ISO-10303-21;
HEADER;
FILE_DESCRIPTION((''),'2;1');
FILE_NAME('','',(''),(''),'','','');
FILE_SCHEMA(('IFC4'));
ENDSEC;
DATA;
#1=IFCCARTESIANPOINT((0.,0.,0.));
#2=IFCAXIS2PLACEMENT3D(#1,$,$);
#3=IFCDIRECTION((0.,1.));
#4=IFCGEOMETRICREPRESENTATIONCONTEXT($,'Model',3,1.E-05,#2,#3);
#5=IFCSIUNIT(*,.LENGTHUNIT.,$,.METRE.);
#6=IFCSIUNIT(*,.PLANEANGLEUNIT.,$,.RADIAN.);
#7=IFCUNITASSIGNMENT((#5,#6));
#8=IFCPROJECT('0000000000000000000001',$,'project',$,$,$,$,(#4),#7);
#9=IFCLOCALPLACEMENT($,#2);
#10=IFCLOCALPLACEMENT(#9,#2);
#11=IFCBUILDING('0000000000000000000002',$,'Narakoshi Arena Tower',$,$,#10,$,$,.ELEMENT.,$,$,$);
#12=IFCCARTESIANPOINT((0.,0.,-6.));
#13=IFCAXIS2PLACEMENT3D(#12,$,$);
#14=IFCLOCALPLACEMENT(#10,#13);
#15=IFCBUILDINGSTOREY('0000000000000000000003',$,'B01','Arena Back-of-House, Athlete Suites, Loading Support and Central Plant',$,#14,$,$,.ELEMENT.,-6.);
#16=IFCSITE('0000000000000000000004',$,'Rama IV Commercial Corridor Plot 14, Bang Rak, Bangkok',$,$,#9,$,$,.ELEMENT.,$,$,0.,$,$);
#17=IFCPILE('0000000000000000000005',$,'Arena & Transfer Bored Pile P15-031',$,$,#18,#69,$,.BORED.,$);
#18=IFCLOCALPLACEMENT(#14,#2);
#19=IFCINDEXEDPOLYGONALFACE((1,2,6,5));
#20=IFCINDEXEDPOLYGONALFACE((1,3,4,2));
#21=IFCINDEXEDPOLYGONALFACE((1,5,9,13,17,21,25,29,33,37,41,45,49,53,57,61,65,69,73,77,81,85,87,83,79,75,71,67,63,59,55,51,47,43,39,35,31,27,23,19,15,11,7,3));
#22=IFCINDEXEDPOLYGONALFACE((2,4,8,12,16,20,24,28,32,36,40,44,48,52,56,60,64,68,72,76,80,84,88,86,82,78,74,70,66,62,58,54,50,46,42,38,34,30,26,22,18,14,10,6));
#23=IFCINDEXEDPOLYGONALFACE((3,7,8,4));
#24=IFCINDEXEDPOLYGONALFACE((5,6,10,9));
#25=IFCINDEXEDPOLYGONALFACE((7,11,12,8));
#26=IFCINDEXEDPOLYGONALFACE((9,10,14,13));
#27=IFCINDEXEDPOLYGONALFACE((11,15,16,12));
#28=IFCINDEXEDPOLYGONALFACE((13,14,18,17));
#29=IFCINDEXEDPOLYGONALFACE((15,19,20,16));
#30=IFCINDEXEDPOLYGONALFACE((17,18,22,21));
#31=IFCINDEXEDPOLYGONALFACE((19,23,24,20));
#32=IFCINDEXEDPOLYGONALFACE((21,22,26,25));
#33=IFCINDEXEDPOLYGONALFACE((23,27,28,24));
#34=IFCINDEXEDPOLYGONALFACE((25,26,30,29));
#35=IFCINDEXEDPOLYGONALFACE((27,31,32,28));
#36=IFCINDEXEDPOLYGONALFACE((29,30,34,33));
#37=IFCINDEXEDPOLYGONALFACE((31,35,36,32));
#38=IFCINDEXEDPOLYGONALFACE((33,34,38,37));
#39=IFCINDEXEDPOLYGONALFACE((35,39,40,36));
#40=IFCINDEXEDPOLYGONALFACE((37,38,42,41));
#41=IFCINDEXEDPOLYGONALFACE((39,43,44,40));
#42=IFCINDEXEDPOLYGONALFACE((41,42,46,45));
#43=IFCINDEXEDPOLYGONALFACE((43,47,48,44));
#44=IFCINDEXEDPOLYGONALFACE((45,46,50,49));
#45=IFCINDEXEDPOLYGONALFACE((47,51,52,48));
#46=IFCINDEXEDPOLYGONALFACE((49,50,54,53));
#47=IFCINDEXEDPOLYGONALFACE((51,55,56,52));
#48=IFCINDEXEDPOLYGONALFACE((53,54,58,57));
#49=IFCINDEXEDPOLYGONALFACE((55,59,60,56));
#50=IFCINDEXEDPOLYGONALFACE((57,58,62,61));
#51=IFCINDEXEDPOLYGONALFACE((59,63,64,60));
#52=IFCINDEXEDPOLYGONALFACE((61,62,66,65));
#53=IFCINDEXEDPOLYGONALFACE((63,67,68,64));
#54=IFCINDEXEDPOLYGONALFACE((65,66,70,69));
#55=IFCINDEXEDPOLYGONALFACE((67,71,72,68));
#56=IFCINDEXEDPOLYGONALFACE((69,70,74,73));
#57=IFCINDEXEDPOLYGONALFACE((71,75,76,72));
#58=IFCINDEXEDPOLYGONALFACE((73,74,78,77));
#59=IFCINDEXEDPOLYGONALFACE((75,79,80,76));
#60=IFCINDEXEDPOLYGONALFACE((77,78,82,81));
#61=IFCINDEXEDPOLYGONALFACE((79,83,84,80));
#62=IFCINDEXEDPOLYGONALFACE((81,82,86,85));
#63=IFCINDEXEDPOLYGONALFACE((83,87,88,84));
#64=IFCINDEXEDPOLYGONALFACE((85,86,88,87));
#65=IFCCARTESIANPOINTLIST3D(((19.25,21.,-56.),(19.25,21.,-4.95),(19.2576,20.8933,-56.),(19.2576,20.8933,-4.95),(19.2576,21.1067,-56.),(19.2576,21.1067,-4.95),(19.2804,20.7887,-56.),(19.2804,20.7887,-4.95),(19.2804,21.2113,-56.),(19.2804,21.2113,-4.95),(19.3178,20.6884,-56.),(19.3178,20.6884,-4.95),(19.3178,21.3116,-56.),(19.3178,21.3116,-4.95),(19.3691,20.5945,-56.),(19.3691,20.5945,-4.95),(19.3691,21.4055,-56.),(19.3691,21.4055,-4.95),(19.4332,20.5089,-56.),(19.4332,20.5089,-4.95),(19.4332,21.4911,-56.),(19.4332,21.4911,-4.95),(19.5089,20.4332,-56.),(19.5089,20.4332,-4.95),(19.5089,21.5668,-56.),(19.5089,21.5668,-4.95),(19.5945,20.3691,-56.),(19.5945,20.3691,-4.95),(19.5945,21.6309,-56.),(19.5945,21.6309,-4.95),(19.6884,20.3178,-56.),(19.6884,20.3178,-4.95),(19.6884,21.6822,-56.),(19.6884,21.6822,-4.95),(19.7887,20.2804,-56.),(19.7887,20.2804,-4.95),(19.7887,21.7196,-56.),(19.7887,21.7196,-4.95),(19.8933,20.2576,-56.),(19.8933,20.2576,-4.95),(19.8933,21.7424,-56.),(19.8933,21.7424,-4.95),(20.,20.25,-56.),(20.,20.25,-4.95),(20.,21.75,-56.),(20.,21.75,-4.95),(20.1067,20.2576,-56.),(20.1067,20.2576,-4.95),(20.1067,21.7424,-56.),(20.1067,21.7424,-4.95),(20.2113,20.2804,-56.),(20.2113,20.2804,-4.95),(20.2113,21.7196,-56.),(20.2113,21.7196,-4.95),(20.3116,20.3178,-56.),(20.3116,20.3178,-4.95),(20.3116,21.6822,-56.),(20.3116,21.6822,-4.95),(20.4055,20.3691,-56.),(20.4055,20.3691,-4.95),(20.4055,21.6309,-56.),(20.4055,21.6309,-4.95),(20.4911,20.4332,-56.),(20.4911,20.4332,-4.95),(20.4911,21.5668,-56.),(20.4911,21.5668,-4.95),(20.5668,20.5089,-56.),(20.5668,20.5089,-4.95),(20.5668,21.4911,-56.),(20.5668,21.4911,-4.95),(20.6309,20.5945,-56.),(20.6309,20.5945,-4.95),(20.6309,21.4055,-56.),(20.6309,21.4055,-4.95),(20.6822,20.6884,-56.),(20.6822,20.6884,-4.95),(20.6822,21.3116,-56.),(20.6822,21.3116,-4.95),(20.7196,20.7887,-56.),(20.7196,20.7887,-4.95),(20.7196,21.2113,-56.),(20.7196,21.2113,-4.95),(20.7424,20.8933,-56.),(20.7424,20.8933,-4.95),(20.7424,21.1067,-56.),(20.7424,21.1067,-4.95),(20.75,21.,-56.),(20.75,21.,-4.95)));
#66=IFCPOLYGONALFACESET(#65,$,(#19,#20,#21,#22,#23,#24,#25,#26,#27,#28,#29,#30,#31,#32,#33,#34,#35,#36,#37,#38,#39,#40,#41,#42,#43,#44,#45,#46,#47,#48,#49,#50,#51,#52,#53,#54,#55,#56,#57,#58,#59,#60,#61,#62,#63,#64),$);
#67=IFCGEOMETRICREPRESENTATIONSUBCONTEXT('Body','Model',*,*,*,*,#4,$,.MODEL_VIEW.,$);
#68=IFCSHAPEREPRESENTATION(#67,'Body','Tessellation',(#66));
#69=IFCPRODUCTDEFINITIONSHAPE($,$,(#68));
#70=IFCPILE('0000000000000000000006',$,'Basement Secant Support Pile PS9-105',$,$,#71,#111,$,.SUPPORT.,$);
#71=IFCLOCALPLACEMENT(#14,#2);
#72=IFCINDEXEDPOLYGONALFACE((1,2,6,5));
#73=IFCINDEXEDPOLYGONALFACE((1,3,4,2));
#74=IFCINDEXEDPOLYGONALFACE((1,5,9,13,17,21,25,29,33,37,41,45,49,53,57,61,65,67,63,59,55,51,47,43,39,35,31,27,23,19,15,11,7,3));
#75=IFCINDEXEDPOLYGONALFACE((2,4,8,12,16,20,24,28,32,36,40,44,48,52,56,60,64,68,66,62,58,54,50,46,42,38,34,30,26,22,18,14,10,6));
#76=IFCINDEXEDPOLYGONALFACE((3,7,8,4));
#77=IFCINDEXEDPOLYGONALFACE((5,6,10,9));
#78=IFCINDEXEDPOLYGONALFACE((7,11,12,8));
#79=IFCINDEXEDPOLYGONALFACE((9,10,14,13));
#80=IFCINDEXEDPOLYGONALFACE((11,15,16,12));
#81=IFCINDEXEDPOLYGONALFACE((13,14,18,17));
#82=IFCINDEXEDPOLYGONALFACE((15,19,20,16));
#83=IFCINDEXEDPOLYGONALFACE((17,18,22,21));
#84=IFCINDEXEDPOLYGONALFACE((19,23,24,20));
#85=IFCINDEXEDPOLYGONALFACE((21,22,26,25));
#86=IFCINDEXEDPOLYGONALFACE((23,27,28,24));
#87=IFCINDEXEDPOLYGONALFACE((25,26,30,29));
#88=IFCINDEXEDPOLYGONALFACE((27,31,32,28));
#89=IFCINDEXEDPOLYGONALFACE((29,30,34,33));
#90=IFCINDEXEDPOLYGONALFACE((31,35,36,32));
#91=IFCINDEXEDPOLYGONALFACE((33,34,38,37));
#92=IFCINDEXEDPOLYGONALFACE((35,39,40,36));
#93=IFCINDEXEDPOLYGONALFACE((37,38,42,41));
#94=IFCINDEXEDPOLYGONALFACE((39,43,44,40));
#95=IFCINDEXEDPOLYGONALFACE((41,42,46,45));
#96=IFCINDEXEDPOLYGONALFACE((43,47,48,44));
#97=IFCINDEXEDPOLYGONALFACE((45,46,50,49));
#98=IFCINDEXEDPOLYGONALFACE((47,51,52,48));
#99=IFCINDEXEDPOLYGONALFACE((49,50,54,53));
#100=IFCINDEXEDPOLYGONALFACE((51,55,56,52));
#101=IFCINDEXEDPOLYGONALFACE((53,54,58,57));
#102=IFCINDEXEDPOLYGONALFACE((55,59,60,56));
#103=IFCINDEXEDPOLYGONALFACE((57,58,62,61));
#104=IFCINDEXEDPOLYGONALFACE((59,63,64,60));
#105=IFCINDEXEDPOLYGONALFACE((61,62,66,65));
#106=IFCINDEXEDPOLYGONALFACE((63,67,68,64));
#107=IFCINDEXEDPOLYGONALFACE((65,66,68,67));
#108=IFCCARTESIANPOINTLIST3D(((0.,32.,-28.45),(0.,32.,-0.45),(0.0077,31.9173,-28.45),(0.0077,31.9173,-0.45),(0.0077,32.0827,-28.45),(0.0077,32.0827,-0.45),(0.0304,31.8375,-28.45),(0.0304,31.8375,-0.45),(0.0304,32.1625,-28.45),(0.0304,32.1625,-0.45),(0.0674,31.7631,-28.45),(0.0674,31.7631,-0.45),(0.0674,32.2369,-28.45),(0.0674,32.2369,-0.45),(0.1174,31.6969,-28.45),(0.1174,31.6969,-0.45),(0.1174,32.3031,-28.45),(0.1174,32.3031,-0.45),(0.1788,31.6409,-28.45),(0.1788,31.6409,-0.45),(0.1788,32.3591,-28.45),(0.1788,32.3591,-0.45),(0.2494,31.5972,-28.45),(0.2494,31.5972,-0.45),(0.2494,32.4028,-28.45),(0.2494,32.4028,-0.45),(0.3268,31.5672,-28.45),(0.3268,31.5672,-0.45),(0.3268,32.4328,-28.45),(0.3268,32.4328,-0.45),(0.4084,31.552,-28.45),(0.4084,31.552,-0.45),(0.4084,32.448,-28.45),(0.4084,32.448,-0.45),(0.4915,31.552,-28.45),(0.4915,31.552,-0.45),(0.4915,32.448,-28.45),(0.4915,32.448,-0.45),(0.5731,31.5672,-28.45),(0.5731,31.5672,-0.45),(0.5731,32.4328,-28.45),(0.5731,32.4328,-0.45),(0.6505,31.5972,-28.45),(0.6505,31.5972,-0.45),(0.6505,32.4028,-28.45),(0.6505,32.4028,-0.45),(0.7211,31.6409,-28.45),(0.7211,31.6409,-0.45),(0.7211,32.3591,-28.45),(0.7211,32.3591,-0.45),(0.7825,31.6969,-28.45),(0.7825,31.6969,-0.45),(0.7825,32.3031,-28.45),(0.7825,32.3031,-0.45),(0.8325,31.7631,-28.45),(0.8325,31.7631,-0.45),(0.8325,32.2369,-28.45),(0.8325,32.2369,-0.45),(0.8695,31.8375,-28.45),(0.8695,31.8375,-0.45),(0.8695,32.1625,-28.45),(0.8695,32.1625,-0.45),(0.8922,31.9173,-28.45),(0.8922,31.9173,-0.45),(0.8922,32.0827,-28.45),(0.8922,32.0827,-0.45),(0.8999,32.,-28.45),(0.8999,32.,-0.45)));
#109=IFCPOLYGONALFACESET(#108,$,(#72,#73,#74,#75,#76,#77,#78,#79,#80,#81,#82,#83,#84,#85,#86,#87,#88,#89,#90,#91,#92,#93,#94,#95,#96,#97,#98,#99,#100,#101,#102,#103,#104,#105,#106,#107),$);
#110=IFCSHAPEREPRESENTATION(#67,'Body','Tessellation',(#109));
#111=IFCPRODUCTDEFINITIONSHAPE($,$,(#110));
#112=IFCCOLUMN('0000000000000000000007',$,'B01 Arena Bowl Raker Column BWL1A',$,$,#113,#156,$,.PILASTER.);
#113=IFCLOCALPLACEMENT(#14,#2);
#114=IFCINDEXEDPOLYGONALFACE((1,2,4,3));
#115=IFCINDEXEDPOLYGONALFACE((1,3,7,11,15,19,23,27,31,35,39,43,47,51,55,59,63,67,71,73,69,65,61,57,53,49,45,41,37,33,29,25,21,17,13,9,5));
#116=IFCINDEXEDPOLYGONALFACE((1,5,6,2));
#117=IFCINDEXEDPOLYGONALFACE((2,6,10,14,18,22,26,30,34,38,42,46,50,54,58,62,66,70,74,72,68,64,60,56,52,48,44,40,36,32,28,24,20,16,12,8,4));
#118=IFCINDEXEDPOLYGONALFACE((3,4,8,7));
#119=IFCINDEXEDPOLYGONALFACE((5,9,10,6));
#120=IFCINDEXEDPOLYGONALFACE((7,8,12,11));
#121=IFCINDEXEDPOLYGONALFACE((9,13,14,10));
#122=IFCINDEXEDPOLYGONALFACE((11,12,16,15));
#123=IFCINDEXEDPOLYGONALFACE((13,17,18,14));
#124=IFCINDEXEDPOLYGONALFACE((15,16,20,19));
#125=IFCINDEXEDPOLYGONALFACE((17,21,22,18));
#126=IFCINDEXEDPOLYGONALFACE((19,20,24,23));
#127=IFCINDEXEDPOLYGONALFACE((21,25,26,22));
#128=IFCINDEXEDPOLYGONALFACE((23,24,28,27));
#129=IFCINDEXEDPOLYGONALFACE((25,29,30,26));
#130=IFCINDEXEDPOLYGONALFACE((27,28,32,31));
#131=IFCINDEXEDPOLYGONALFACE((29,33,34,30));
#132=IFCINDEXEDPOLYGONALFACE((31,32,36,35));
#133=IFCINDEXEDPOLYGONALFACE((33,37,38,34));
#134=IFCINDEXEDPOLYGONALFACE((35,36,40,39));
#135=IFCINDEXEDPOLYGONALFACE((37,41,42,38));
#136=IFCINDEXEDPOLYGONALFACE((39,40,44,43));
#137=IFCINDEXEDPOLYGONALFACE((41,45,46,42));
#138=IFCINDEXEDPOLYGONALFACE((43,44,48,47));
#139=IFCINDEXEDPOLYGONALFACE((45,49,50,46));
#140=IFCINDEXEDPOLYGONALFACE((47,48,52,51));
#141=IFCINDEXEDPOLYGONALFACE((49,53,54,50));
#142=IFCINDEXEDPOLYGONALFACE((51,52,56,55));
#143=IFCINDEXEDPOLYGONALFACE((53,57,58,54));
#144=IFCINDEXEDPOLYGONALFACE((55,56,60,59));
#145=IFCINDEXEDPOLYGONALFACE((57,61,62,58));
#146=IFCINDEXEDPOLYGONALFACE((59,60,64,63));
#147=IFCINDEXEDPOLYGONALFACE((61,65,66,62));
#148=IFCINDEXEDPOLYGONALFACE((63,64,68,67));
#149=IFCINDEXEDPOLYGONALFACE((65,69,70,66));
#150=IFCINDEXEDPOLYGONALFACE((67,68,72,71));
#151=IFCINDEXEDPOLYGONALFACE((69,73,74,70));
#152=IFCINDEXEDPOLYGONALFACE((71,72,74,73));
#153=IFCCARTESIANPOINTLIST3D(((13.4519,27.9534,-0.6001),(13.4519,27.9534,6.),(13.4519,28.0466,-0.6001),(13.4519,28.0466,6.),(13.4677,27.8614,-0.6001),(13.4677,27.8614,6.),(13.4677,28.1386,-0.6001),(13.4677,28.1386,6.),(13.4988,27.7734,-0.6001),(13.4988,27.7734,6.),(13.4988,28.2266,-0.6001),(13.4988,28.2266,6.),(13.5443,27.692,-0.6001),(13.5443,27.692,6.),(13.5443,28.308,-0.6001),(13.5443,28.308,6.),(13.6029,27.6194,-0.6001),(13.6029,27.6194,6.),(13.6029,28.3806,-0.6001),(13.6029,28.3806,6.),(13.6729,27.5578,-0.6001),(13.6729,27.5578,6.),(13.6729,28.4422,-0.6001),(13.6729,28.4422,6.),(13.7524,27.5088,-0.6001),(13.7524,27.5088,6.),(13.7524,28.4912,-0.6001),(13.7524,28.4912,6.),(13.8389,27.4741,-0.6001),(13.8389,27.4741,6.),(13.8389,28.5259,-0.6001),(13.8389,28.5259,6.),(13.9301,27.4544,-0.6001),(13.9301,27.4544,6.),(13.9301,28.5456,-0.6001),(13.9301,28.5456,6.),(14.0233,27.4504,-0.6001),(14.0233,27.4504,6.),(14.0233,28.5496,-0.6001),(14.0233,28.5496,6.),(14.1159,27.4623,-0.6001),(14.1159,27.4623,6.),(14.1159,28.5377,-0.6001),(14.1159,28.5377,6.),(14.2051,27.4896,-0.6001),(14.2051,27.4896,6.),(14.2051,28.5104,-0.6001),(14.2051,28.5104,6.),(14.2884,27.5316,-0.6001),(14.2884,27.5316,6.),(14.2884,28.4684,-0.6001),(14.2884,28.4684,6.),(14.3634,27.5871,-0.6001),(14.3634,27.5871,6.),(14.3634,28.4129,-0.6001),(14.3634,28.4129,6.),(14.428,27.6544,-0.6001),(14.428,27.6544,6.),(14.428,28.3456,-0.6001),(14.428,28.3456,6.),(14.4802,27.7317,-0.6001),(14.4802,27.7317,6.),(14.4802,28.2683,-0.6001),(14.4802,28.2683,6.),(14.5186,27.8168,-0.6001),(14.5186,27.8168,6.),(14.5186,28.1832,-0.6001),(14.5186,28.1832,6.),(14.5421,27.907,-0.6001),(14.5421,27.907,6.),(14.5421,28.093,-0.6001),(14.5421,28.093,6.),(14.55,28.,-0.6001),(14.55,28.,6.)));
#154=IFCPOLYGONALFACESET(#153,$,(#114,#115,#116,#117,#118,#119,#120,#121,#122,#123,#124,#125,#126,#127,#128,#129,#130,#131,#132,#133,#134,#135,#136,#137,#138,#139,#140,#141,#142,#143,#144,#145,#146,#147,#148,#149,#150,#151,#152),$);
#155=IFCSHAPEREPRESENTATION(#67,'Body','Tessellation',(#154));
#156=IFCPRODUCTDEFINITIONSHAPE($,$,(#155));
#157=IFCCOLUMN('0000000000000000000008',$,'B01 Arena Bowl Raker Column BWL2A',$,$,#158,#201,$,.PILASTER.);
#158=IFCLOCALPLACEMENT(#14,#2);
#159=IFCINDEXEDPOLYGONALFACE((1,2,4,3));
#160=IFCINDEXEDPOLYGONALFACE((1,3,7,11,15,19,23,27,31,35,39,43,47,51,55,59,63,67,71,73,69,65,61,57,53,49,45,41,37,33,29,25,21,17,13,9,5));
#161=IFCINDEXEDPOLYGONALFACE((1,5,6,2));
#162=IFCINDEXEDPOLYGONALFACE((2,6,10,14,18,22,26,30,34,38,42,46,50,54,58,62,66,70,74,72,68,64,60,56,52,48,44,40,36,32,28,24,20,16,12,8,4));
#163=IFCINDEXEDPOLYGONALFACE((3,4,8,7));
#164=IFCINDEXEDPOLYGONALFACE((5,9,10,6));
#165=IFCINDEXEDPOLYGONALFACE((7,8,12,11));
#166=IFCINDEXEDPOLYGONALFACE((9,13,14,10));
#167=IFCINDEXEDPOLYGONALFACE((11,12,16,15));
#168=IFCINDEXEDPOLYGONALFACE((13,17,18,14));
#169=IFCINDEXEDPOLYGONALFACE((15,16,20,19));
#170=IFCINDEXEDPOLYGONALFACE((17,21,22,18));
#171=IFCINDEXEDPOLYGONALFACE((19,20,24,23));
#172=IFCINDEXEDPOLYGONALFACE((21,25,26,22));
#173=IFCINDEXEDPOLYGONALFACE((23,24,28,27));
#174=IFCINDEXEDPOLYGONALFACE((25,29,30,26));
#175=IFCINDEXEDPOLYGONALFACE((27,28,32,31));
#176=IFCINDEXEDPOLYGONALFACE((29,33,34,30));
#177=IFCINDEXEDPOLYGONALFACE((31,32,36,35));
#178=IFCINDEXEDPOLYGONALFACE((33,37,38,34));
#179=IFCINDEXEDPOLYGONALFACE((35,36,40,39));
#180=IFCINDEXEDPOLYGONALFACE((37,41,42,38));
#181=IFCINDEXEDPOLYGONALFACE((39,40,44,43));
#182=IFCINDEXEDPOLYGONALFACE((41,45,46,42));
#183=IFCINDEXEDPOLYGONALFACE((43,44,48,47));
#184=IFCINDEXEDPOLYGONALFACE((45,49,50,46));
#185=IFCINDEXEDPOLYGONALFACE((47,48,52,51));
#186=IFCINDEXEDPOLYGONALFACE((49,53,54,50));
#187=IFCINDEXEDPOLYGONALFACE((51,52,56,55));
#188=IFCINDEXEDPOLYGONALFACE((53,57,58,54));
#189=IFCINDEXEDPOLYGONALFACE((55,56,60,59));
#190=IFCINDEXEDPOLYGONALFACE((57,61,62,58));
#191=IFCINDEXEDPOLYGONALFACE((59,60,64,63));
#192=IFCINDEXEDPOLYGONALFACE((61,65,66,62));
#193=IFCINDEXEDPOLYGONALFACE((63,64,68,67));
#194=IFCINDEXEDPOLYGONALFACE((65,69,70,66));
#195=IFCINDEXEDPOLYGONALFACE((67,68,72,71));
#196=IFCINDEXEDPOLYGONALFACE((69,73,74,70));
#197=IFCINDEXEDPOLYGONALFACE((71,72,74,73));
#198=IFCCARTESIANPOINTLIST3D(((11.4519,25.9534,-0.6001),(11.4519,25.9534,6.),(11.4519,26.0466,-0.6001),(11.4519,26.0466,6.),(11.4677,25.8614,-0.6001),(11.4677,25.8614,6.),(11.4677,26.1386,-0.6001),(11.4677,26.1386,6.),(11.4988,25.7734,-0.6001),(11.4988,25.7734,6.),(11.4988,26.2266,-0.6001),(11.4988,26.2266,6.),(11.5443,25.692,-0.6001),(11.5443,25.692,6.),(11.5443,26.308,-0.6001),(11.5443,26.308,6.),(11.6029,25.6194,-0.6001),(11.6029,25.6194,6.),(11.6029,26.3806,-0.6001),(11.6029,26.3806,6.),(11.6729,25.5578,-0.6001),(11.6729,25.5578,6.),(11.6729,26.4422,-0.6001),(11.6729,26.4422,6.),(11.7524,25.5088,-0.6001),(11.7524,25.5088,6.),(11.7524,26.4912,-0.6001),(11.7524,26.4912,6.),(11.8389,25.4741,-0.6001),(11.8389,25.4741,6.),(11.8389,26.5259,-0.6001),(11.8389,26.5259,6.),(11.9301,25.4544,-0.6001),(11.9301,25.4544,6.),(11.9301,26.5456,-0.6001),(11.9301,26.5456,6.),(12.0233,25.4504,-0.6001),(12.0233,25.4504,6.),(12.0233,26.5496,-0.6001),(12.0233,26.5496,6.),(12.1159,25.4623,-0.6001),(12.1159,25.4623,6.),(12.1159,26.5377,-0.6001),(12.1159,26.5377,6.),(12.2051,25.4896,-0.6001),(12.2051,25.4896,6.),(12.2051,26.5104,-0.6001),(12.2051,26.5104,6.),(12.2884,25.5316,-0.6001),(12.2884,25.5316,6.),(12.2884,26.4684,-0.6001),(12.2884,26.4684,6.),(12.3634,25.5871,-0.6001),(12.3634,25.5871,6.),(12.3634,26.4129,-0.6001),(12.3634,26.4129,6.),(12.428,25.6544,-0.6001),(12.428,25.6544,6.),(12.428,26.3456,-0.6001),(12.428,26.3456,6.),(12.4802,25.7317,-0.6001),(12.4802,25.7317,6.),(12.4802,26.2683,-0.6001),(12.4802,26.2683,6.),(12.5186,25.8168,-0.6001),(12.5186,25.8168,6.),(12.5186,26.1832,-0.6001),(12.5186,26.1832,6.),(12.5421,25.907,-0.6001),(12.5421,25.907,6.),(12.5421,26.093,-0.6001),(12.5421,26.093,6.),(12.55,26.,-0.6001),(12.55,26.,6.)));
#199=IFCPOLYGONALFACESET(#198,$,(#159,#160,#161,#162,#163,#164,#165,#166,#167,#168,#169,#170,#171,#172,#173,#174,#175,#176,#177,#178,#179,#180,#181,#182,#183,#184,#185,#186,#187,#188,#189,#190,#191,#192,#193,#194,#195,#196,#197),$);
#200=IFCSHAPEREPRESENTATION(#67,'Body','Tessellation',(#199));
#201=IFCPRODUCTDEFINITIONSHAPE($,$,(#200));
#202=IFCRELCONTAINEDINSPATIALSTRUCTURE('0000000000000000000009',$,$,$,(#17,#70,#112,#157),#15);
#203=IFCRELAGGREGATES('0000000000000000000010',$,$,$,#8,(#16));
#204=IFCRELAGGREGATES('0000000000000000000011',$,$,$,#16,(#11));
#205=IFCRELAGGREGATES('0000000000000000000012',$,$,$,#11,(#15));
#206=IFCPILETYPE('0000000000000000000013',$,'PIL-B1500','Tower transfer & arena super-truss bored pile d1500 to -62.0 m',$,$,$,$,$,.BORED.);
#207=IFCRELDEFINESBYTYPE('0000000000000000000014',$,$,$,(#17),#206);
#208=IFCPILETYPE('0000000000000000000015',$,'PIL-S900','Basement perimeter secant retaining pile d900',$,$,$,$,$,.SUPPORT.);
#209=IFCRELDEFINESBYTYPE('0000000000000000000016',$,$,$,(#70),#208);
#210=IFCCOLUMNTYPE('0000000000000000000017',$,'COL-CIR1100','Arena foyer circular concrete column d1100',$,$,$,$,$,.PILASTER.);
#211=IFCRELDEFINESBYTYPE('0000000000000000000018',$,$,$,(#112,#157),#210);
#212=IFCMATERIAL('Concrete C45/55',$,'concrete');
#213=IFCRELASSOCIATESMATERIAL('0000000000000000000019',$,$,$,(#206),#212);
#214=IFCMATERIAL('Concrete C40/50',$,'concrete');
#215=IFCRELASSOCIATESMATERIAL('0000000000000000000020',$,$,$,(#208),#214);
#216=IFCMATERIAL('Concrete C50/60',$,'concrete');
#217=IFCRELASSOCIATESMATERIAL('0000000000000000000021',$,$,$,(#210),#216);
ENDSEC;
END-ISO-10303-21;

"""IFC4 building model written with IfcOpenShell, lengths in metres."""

from ifc_helpers import new_model, si_unit, direction, frame, origin, origin_2d, place, context, subcontext, project, spatial, circle, extrude, material, material_profile, profile_set, type_object, element, save


model = new_model("IFC4")

# Units and contexts
model_context = context("Model", 3, precision=1e-05, world=origin(), true_north=direction((0.0, 1.0)))
body_context = subcontext(model_context, "Body", "Model", "MODEL_VIEW")
ifc_project = project(units=[si_unit("LENGTHUNIT", "METRE"), si_unit("PLANEANGLEUNIT", "RADIAN")], contexts=[model_context])

# Site, building, storey
site_placement = place(None, origin())
site = spatial("IfcSite", under=ifc_project, at=site_placement, Name="Rama IV Commercial Corridor Plot 14, Bang Rak, Bangkok", CompositionType="ELEMENT", RefElevation=0.0)
building_placement = place(site_placement, origin())
building = spatial("IfcBuilding", under=site, at=building_placement, Name="Narakoshi Arena Tower", CompositionType="ELEMENT")
storey_placement = place(building_placement, frame((0.0, 0.0, -6.0)))
storey = spatial("IfcBuildingStorey", under=building, at=storey_placement, Name="B01", Description="Arena Back-of-House, Athlete Suites, Loading Support and Central Plant", CompositionType="ELEMENT", Elevation=-6.0)

# Shared definitions
ifc_material_1 = material(Name="Concrete C45/55", Category="concrete")

# Piles
ifc_material_profile_1 = material_profile(ifc_material_1, circle(Radius=0.75, at=origin_2d()), Name="PILE-D1500")
ifc_profile_set_1 = profile_set([ifc_material_profile_1], Name="Concrete C45/55")
pile_type_1 = type_object("IfcPileType", Name="PIL-B1500", Description="Tower transfer & arena super-truss bored pile d1500 to -62.0 m", PredefinedType="BORED", material=ifc_profile_set_1)
for number, where, z_axis, x_axis, name in (
    (1, (20.0, 21.0, -4.95), (0.0, 0.0, -1.0), (1.0, 0.0, 0.0), "Arena & Transfer Bored Pile P15-031"),
):
    element("IfcPile", number, at=place(storey_placement, frame(where, z_axis=z_axis, x_axis=x_axis)), inside=storey, type_object=pile_type_1, Name=name, PredefinedType="BORED", context=body_context, shape_type="SweptSolid", body=[
        extrude(circle(Radius=0.75, at=origin_2d()), origin(), (0.0, 0.0, 1.0), 51.05),
    ])
ifc_material_2 = material(Name="Concrete C40/50", Category="concrete")
ifc_material_profile_2 = material_profile(ifc_material_2, circle(Radius=0.45, at=origin_2d()), Name="PILE-D900")
ifc_profile_set_2 = profile_set([ifc_material_profile_2], Name="Concrete C40/50")
pile_type_2 = type_object("IfcPileType", Name="PIL-S900", Description="Basement perimeter secant retaining pile d900", PredefinedType="SUPPORT", material=ifc_profile_set_2)
pile_placement = place(storey_placement, frame((0.45, 32.0, -0.45), z_axis=(0.0, 0.0, -1.0), x_axis=(1.0, 0.0, 0.0)))
element("IfcPile", 2, at=pile_placement, inside=storey, type_object=pile_type_2, Name="Basement Secant Support Pile PS9-105", PredefinedType="SUPPORT", context=body_context, shape_type="SweptSolid", body=[
    extrude(circle(Radius=0.45, at=origin_2d()), origin(), (0.0, 0.0, 1.0), 28.0),
])

# Columns
ifc_material_3 = material(Name="Concrete C50/60", Category="concrete")
ifc_material_profile_3 = material_profile(ifc_material_3, circle(Radius=0.55, at=origin_2d()), Name="RCC1100")
ifc_profile_set_3 = profile_set([ifc_material_profile_3], Name="Concrete C50/60")
column_type_1 = type_object("IfcColumnType", Name="COL-CIR1100", Description="Arena foyer circular concrete column d1100", PredefinedType="PILASTER", material=ifc_profile_set_3)
for number, where, z_axis, x_axis, name in (
    (3, (14.0, 28.0, -0.6001), (0.0, 0.0, 1.0), (1.0, 0.0, 0.0), "B01 Arena Bowl Raker Column BWL1A"),
    (4, (12.0, 26.0, -0.6001), (0.0, 0.0, 1.0), (1.0, 0.0, 0.0), "B01 Arena Bowl Raker Column BWL2A"),
):
    element("IfcColumn", number, at=place(storey_placement, frame(where, z_axis=z_axis, x_axis=x_axis)), inside=storey, type_object=column_type_1, Name=name, PredefinedType="PILASTER", context=body_context, shape_type="SweptSolid", body=[
        extrude(circle(Radius=0.55, at=origin_2d()), origin(), (0.0, 0.0, 1.0), 6.6001),
    ])

save(model, "model.ifc")
